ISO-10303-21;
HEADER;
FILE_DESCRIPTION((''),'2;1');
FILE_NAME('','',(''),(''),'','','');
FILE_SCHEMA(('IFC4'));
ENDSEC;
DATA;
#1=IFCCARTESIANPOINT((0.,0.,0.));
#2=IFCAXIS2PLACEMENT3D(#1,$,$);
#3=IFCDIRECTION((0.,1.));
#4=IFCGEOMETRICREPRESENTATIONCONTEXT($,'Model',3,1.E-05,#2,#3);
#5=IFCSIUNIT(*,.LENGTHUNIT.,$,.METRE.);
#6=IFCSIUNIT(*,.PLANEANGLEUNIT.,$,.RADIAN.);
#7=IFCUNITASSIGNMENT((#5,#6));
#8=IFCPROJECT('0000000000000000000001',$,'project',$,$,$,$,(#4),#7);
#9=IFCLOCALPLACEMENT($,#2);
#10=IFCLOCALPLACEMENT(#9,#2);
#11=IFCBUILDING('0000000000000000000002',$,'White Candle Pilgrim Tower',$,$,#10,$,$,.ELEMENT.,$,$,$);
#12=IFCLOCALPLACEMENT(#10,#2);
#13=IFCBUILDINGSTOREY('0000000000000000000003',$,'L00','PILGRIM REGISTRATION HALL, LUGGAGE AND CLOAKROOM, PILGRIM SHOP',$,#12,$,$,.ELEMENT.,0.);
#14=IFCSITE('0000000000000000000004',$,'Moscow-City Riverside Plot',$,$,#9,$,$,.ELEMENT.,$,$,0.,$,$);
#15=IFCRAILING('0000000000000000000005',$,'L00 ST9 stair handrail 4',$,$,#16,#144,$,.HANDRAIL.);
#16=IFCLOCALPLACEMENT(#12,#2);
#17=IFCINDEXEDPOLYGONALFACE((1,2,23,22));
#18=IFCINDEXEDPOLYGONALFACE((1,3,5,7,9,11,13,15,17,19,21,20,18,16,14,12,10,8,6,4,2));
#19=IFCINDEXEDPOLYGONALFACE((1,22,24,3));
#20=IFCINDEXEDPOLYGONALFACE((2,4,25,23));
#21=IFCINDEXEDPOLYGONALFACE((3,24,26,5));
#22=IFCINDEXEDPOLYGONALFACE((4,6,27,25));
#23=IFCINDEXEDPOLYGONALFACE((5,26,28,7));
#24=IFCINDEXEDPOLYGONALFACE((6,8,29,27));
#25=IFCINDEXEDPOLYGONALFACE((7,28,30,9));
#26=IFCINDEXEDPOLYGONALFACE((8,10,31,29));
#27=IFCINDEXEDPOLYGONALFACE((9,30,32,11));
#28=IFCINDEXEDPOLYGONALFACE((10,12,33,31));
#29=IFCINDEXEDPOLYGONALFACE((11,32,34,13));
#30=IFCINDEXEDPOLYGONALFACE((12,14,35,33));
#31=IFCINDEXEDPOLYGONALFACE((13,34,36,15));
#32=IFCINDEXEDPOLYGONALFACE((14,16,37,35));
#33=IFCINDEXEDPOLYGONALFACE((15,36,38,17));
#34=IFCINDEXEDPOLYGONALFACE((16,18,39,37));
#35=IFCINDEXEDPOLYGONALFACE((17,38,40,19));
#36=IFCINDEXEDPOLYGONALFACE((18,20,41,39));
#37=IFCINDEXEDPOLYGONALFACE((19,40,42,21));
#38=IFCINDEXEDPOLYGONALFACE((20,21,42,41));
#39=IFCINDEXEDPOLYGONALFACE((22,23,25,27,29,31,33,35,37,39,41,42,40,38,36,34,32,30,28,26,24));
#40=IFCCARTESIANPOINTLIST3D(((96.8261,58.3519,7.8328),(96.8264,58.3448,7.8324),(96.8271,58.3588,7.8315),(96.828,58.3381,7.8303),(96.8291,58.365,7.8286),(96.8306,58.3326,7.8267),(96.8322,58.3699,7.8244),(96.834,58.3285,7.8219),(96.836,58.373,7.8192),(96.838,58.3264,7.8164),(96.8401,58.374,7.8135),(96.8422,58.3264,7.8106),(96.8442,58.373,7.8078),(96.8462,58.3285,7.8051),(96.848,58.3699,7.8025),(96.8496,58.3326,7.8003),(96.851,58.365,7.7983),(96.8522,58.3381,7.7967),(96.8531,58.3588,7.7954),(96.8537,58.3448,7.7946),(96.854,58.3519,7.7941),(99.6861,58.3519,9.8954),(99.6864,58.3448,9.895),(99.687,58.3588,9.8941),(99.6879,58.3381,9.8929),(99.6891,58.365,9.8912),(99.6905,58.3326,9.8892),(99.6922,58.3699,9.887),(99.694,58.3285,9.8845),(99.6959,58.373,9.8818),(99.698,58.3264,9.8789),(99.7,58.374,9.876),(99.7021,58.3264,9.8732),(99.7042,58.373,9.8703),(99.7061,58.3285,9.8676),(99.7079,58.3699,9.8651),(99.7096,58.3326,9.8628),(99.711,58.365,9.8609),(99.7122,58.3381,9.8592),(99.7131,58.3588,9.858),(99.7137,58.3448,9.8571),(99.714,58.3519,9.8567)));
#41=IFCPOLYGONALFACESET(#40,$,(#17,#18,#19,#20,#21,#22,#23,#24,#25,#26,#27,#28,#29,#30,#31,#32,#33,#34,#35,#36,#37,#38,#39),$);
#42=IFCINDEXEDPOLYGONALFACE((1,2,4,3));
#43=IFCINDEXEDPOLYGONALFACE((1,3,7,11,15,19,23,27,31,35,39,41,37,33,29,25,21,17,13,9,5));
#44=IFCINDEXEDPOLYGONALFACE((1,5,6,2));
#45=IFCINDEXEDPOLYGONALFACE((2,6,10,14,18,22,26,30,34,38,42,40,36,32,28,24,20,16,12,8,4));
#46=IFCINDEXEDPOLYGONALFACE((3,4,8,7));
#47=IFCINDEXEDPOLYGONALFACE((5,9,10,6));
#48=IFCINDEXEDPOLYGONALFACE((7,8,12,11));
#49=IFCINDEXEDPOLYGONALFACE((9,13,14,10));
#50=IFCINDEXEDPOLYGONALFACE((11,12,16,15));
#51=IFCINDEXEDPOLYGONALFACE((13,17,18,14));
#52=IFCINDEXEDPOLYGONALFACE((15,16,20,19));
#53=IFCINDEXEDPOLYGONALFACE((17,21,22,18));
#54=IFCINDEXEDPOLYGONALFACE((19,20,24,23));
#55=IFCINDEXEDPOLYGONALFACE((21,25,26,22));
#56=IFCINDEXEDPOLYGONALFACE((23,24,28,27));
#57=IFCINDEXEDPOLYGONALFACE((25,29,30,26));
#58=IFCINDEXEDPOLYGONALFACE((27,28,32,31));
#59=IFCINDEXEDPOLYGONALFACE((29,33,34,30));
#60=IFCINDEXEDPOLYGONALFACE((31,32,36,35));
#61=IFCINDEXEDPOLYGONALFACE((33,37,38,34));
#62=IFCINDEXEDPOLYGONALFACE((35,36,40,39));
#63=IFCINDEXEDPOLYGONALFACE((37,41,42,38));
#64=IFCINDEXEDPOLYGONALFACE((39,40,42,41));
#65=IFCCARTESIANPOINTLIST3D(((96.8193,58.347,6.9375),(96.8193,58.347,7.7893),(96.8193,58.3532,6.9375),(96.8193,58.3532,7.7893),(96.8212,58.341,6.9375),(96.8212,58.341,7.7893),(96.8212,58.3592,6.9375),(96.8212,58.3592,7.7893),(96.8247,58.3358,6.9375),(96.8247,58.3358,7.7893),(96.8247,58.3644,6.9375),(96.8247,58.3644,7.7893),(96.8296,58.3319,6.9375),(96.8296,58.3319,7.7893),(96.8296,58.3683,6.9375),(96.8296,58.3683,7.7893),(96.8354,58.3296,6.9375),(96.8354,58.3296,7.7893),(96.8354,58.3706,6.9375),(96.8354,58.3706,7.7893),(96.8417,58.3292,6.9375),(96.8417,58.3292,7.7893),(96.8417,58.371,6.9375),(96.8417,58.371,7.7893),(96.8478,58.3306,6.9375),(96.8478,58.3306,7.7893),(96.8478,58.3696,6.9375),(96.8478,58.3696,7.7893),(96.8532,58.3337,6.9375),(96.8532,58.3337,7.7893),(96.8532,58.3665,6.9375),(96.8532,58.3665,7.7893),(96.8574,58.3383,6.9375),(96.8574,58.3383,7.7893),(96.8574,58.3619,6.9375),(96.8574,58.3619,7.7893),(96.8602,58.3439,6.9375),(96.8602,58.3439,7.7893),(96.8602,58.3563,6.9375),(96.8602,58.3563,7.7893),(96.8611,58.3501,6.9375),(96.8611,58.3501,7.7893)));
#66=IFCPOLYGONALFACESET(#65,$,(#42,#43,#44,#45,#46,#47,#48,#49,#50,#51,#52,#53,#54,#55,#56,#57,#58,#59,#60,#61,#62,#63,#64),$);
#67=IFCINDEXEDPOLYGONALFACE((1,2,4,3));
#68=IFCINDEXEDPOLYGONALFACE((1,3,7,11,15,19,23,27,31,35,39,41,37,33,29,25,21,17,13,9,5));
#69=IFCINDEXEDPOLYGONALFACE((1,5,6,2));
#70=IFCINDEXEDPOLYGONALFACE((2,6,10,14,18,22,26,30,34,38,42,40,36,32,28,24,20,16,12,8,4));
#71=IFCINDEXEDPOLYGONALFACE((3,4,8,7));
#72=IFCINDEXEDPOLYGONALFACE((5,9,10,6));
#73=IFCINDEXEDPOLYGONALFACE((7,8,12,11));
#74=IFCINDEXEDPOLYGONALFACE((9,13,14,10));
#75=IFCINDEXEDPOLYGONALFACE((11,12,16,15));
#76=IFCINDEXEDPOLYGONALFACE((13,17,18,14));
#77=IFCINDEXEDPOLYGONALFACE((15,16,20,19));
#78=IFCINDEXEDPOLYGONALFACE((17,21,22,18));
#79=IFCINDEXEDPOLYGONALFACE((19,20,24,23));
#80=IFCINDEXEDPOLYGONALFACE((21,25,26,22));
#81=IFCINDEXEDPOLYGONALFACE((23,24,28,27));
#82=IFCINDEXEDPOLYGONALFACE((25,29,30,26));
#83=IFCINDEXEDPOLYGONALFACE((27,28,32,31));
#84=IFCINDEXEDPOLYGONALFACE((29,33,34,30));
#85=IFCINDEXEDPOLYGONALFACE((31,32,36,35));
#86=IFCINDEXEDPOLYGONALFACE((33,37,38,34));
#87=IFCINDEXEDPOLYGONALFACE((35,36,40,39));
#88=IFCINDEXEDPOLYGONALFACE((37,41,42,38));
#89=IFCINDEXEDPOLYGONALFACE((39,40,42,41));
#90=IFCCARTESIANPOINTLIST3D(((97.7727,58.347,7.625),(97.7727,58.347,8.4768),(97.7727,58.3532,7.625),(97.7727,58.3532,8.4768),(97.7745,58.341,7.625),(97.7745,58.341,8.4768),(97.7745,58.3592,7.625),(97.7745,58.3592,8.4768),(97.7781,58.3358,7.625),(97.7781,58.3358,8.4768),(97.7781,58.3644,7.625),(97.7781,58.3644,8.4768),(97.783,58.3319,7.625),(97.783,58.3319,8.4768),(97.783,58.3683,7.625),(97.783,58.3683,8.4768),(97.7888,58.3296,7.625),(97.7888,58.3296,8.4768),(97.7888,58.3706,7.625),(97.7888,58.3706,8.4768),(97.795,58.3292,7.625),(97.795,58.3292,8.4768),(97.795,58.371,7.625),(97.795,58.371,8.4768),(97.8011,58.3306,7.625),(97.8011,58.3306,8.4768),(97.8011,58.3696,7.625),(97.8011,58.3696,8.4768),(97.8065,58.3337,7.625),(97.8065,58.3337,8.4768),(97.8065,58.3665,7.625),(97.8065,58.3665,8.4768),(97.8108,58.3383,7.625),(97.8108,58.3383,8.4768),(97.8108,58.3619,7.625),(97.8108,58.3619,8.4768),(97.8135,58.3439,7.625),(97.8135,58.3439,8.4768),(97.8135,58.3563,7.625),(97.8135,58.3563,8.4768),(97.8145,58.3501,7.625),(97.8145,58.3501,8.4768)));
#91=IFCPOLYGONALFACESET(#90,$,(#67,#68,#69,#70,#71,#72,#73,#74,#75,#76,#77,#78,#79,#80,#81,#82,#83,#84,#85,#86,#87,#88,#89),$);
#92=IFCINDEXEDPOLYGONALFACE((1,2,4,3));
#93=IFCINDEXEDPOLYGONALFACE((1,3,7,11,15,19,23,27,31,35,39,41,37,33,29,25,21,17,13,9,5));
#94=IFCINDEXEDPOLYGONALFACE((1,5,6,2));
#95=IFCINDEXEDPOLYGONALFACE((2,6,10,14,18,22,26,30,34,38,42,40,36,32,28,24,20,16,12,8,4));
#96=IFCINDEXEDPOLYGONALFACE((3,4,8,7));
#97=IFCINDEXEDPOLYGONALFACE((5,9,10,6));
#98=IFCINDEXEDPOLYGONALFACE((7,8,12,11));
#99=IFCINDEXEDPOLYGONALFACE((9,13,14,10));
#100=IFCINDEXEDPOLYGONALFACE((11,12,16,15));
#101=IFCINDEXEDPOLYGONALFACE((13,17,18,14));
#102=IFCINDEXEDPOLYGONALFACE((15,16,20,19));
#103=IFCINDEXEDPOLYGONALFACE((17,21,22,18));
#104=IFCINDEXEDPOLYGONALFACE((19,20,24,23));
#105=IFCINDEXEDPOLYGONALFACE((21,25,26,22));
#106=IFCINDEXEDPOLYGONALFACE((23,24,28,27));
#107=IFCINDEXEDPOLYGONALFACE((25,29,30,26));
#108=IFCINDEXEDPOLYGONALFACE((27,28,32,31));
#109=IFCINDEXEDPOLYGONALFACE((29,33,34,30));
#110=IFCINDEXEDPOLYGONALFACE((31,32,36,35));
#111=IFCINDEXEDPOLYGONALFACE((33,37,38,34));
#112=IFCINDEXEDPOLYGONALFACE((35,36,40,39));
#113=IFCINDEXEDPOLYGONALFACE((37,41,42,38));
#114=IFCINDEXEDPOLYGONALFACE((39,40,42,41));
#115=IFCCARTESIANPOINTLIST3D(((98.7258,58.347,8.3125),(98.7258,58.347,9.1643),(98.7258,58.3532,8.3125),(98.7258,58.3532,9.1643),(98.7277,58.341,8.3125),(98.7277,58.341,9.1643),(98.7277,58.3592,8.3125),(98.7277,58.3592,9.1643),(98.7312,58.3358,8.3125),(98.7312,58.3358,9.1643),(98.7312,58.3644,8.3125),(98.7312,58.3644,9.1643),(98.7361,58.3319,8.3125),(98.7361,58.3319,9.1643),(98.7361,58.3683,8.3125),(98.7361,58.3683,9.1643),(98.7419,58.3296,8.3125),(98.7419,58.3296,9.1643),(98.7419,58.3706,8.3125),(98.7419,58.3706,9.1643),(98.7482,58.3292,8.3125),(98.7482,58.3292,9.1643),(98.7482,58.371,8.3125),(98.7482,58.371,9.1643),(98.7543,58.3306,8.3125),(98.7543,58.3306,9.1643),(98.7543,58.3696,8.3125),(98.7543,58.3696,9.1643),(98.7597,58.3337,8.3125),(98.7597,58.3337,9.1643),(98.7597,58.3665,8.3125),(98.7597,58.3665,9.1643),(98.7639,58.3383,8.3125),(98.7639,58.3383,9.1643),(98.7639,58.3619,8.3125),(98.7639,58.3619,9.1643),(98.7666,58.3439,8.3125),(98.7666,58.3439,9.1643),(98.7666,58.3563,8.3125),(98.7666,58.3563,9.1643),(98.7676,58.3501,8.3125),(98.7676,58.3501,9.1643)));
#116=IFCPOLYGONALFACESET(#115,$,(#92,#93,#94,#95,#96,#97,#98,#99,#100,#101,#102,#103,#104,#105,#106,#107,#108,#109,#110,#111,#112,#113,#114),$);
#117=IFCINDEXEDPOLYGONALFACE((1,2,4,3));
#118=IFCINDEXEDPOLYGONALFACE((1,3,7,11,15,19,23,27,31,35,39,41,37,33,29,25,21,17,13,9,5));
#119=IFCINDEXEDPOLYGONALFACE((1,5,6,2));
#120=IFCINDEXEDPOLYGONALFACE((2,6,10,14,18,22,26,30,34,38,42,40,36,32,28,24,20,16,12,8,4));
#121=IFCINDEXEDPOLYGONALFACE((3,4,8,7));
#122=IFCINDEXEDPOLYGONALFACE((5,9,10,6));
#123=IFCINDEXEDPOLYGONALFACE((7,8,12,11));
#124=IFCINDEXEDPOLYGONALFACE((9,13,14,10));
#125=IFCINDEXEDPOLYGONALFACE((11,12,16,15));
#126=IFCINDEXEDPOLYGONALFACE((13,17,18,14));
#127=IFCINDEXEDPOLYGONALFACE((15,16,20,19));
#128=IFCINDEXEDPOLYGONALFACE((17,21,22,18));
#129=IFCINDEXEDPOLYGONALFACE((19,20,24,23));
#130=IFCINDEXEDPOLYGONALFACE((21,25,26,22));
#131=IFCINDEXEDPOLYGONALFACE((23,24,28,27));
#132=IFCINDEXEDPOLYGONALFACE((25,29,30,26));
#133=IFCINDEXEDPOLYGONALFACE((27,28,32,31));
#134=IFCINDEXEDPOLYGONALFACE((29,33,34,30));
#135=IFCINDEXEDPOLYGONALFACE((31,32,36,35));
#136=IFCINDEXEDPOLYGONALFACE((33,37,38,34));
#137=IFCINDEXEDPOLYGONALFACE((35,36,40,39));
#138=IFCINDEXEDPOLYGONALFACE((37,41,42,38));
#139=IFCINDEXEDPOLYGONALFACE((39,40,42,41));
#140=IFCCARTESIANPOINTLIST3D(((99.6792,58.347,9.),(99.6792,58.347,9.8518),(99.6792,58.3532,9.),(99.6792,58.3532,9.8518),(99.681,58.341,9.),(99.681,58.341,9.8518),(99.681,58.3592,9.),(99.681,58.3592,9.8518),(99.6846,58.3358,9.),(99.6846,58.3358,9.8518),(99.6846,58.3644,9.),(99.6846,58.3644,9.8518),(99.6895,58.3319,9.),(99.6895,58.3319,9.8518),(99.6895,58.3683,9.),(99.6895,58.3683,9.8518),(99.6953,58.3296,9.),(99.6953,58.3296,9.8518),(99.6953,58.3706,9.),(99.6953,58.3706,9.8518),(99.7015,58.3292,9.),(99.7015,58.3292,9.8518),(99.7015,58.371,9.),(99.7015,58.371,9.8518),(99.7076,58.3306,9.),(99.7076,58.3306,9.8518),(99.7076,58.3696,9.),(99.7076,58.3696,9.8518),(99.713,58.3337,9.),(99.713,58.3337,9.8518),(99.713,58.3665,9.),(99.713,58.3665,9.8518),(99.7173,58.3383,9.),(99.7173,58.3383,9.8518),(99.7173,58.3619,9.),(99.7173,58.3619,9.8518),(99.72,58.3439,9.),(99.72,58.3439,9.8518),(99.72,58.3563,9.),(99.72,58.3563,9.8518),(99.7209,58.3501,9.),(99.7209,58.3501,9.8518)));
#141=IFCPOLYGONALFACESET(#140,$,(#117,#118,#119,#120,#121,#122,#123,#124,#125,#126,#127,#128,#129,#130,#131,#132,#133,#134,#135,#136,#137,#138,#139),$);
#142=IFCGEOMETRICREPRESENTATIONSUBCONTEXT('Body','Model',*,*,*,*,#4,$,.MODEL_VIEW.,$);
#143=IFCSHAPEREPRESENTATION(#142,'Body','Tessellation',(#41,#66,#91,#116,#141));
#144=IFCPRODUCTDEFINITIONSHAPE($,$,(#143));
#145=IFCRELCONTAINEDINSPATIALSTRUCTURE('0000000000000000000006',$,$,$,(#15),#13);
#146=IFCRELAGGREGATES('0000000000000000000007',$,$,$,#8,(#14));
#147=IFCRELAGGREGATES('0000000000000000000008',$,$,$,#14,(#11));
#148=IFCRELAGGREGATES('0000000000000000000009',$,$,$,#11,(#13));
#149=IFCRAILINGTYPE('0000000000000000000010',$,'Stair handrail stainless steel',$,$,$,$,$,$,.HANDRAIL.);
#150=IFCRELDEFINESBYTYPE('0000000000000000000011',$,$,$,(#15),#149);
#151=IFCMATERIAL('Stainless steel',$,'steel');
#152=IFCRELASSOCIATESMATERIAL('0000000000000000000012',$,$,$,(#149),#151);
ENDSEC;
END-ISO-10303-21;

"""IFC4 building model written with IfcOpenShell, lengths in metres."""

from ifc_helpers import new_model, si_unit, direction, frame, origin, origin_2d, place, context, subcontext, project, spatial, circle, extrude, material, type_object, element, save


model = new_model("IFC4")

# Units and contexts
model_context = context("Model", 3, precision=1e-05, world=origin(), true_north=direction((0.0, 1.0)))
body_context = subcontext(model_context, "Body", "Model", "MODEL_VIEW")
ifc_project = project(units=[si_unit("LENGTHUNIT", "METRE"), si_unit("PLANEANGLEUNIT", "RADIAN")], contexts=[model_context])

# Site, building, storey
site_placement = place(None, origin())
site = spatial("IfcSite", under=ifc_project, at=site_placement, Name="Moscow-City Riverside Plot", CompositionType="ELEMENT", RefElevation=0.0)
building_placement = place(site_placement, origin())
building = spatial("IfcBuilding", under=site, at=building_placement, Name="White Candle Pilgrim Tower", CompositionType="ELEMENT")
storey_placement = place(building_placement, origin())
storey = spatial("IfcBuildingStorey", under=building, at=storey_placement, Name="L00", Description="PILGRIM REGISTRATION HALL, LUGGAGE AND CLOAKROOM, PILGRIM SHOP", CompositionType="ELEMENT", Elevation=0.0)

# Railing
ifc_material_1 = material(Name="Stainless steel", Category="steel")
railing_type_1 = type_object("IfcRailingType", Name="Stair handrail stainless steel", PredefinedType="HANDRAIL", material=ifc_material_1)
railing_1_placement = place(storey_placement, frame((96.8401, 58.3501, 6.9375)))
element("IfcRailing", 1, at=railing_1_placement, inside=storey, type_object=railing_type_1, Name="L00 ST9 stair handrail 4", PredefinedType="HANDRAIL", context=body_context, shape_type="SweptSolid", body=[
    extrude(circle(Radius=0.0239, at=origin_2d()), frame((0.0, 0.0, 0.876), z_axis=(0.811077, 0.0, 0.584939), x_axis=(0.0, 1.0, 0.0)), (0.0, 0.0, 1.0), 3.5261),
    extrude(circle(Radius=0.021, at=origin_2d()), origin(), (0.0, 0.0, 1.0), 0.8518),
    extrude(circle(Radius=0.021, at=origin_2d()), frame((0.9534, 0.0, 0.6875)), (0.0, 0.0, 1.0), 0.8518),
    extrude(circle(Radius=0.021, at=origin_2d()), frame((1.9065, 0.0, 1.375)), (0.0, 0.0, 1.0), 0.8518),
    extrude(circle(Radius=0.021, at=origin_2d()), frame((2.8599, 0.0, 2.0625)), (0.0, 0.0, 1.0), 0.8518),
])

save(model, "model.ifc")
